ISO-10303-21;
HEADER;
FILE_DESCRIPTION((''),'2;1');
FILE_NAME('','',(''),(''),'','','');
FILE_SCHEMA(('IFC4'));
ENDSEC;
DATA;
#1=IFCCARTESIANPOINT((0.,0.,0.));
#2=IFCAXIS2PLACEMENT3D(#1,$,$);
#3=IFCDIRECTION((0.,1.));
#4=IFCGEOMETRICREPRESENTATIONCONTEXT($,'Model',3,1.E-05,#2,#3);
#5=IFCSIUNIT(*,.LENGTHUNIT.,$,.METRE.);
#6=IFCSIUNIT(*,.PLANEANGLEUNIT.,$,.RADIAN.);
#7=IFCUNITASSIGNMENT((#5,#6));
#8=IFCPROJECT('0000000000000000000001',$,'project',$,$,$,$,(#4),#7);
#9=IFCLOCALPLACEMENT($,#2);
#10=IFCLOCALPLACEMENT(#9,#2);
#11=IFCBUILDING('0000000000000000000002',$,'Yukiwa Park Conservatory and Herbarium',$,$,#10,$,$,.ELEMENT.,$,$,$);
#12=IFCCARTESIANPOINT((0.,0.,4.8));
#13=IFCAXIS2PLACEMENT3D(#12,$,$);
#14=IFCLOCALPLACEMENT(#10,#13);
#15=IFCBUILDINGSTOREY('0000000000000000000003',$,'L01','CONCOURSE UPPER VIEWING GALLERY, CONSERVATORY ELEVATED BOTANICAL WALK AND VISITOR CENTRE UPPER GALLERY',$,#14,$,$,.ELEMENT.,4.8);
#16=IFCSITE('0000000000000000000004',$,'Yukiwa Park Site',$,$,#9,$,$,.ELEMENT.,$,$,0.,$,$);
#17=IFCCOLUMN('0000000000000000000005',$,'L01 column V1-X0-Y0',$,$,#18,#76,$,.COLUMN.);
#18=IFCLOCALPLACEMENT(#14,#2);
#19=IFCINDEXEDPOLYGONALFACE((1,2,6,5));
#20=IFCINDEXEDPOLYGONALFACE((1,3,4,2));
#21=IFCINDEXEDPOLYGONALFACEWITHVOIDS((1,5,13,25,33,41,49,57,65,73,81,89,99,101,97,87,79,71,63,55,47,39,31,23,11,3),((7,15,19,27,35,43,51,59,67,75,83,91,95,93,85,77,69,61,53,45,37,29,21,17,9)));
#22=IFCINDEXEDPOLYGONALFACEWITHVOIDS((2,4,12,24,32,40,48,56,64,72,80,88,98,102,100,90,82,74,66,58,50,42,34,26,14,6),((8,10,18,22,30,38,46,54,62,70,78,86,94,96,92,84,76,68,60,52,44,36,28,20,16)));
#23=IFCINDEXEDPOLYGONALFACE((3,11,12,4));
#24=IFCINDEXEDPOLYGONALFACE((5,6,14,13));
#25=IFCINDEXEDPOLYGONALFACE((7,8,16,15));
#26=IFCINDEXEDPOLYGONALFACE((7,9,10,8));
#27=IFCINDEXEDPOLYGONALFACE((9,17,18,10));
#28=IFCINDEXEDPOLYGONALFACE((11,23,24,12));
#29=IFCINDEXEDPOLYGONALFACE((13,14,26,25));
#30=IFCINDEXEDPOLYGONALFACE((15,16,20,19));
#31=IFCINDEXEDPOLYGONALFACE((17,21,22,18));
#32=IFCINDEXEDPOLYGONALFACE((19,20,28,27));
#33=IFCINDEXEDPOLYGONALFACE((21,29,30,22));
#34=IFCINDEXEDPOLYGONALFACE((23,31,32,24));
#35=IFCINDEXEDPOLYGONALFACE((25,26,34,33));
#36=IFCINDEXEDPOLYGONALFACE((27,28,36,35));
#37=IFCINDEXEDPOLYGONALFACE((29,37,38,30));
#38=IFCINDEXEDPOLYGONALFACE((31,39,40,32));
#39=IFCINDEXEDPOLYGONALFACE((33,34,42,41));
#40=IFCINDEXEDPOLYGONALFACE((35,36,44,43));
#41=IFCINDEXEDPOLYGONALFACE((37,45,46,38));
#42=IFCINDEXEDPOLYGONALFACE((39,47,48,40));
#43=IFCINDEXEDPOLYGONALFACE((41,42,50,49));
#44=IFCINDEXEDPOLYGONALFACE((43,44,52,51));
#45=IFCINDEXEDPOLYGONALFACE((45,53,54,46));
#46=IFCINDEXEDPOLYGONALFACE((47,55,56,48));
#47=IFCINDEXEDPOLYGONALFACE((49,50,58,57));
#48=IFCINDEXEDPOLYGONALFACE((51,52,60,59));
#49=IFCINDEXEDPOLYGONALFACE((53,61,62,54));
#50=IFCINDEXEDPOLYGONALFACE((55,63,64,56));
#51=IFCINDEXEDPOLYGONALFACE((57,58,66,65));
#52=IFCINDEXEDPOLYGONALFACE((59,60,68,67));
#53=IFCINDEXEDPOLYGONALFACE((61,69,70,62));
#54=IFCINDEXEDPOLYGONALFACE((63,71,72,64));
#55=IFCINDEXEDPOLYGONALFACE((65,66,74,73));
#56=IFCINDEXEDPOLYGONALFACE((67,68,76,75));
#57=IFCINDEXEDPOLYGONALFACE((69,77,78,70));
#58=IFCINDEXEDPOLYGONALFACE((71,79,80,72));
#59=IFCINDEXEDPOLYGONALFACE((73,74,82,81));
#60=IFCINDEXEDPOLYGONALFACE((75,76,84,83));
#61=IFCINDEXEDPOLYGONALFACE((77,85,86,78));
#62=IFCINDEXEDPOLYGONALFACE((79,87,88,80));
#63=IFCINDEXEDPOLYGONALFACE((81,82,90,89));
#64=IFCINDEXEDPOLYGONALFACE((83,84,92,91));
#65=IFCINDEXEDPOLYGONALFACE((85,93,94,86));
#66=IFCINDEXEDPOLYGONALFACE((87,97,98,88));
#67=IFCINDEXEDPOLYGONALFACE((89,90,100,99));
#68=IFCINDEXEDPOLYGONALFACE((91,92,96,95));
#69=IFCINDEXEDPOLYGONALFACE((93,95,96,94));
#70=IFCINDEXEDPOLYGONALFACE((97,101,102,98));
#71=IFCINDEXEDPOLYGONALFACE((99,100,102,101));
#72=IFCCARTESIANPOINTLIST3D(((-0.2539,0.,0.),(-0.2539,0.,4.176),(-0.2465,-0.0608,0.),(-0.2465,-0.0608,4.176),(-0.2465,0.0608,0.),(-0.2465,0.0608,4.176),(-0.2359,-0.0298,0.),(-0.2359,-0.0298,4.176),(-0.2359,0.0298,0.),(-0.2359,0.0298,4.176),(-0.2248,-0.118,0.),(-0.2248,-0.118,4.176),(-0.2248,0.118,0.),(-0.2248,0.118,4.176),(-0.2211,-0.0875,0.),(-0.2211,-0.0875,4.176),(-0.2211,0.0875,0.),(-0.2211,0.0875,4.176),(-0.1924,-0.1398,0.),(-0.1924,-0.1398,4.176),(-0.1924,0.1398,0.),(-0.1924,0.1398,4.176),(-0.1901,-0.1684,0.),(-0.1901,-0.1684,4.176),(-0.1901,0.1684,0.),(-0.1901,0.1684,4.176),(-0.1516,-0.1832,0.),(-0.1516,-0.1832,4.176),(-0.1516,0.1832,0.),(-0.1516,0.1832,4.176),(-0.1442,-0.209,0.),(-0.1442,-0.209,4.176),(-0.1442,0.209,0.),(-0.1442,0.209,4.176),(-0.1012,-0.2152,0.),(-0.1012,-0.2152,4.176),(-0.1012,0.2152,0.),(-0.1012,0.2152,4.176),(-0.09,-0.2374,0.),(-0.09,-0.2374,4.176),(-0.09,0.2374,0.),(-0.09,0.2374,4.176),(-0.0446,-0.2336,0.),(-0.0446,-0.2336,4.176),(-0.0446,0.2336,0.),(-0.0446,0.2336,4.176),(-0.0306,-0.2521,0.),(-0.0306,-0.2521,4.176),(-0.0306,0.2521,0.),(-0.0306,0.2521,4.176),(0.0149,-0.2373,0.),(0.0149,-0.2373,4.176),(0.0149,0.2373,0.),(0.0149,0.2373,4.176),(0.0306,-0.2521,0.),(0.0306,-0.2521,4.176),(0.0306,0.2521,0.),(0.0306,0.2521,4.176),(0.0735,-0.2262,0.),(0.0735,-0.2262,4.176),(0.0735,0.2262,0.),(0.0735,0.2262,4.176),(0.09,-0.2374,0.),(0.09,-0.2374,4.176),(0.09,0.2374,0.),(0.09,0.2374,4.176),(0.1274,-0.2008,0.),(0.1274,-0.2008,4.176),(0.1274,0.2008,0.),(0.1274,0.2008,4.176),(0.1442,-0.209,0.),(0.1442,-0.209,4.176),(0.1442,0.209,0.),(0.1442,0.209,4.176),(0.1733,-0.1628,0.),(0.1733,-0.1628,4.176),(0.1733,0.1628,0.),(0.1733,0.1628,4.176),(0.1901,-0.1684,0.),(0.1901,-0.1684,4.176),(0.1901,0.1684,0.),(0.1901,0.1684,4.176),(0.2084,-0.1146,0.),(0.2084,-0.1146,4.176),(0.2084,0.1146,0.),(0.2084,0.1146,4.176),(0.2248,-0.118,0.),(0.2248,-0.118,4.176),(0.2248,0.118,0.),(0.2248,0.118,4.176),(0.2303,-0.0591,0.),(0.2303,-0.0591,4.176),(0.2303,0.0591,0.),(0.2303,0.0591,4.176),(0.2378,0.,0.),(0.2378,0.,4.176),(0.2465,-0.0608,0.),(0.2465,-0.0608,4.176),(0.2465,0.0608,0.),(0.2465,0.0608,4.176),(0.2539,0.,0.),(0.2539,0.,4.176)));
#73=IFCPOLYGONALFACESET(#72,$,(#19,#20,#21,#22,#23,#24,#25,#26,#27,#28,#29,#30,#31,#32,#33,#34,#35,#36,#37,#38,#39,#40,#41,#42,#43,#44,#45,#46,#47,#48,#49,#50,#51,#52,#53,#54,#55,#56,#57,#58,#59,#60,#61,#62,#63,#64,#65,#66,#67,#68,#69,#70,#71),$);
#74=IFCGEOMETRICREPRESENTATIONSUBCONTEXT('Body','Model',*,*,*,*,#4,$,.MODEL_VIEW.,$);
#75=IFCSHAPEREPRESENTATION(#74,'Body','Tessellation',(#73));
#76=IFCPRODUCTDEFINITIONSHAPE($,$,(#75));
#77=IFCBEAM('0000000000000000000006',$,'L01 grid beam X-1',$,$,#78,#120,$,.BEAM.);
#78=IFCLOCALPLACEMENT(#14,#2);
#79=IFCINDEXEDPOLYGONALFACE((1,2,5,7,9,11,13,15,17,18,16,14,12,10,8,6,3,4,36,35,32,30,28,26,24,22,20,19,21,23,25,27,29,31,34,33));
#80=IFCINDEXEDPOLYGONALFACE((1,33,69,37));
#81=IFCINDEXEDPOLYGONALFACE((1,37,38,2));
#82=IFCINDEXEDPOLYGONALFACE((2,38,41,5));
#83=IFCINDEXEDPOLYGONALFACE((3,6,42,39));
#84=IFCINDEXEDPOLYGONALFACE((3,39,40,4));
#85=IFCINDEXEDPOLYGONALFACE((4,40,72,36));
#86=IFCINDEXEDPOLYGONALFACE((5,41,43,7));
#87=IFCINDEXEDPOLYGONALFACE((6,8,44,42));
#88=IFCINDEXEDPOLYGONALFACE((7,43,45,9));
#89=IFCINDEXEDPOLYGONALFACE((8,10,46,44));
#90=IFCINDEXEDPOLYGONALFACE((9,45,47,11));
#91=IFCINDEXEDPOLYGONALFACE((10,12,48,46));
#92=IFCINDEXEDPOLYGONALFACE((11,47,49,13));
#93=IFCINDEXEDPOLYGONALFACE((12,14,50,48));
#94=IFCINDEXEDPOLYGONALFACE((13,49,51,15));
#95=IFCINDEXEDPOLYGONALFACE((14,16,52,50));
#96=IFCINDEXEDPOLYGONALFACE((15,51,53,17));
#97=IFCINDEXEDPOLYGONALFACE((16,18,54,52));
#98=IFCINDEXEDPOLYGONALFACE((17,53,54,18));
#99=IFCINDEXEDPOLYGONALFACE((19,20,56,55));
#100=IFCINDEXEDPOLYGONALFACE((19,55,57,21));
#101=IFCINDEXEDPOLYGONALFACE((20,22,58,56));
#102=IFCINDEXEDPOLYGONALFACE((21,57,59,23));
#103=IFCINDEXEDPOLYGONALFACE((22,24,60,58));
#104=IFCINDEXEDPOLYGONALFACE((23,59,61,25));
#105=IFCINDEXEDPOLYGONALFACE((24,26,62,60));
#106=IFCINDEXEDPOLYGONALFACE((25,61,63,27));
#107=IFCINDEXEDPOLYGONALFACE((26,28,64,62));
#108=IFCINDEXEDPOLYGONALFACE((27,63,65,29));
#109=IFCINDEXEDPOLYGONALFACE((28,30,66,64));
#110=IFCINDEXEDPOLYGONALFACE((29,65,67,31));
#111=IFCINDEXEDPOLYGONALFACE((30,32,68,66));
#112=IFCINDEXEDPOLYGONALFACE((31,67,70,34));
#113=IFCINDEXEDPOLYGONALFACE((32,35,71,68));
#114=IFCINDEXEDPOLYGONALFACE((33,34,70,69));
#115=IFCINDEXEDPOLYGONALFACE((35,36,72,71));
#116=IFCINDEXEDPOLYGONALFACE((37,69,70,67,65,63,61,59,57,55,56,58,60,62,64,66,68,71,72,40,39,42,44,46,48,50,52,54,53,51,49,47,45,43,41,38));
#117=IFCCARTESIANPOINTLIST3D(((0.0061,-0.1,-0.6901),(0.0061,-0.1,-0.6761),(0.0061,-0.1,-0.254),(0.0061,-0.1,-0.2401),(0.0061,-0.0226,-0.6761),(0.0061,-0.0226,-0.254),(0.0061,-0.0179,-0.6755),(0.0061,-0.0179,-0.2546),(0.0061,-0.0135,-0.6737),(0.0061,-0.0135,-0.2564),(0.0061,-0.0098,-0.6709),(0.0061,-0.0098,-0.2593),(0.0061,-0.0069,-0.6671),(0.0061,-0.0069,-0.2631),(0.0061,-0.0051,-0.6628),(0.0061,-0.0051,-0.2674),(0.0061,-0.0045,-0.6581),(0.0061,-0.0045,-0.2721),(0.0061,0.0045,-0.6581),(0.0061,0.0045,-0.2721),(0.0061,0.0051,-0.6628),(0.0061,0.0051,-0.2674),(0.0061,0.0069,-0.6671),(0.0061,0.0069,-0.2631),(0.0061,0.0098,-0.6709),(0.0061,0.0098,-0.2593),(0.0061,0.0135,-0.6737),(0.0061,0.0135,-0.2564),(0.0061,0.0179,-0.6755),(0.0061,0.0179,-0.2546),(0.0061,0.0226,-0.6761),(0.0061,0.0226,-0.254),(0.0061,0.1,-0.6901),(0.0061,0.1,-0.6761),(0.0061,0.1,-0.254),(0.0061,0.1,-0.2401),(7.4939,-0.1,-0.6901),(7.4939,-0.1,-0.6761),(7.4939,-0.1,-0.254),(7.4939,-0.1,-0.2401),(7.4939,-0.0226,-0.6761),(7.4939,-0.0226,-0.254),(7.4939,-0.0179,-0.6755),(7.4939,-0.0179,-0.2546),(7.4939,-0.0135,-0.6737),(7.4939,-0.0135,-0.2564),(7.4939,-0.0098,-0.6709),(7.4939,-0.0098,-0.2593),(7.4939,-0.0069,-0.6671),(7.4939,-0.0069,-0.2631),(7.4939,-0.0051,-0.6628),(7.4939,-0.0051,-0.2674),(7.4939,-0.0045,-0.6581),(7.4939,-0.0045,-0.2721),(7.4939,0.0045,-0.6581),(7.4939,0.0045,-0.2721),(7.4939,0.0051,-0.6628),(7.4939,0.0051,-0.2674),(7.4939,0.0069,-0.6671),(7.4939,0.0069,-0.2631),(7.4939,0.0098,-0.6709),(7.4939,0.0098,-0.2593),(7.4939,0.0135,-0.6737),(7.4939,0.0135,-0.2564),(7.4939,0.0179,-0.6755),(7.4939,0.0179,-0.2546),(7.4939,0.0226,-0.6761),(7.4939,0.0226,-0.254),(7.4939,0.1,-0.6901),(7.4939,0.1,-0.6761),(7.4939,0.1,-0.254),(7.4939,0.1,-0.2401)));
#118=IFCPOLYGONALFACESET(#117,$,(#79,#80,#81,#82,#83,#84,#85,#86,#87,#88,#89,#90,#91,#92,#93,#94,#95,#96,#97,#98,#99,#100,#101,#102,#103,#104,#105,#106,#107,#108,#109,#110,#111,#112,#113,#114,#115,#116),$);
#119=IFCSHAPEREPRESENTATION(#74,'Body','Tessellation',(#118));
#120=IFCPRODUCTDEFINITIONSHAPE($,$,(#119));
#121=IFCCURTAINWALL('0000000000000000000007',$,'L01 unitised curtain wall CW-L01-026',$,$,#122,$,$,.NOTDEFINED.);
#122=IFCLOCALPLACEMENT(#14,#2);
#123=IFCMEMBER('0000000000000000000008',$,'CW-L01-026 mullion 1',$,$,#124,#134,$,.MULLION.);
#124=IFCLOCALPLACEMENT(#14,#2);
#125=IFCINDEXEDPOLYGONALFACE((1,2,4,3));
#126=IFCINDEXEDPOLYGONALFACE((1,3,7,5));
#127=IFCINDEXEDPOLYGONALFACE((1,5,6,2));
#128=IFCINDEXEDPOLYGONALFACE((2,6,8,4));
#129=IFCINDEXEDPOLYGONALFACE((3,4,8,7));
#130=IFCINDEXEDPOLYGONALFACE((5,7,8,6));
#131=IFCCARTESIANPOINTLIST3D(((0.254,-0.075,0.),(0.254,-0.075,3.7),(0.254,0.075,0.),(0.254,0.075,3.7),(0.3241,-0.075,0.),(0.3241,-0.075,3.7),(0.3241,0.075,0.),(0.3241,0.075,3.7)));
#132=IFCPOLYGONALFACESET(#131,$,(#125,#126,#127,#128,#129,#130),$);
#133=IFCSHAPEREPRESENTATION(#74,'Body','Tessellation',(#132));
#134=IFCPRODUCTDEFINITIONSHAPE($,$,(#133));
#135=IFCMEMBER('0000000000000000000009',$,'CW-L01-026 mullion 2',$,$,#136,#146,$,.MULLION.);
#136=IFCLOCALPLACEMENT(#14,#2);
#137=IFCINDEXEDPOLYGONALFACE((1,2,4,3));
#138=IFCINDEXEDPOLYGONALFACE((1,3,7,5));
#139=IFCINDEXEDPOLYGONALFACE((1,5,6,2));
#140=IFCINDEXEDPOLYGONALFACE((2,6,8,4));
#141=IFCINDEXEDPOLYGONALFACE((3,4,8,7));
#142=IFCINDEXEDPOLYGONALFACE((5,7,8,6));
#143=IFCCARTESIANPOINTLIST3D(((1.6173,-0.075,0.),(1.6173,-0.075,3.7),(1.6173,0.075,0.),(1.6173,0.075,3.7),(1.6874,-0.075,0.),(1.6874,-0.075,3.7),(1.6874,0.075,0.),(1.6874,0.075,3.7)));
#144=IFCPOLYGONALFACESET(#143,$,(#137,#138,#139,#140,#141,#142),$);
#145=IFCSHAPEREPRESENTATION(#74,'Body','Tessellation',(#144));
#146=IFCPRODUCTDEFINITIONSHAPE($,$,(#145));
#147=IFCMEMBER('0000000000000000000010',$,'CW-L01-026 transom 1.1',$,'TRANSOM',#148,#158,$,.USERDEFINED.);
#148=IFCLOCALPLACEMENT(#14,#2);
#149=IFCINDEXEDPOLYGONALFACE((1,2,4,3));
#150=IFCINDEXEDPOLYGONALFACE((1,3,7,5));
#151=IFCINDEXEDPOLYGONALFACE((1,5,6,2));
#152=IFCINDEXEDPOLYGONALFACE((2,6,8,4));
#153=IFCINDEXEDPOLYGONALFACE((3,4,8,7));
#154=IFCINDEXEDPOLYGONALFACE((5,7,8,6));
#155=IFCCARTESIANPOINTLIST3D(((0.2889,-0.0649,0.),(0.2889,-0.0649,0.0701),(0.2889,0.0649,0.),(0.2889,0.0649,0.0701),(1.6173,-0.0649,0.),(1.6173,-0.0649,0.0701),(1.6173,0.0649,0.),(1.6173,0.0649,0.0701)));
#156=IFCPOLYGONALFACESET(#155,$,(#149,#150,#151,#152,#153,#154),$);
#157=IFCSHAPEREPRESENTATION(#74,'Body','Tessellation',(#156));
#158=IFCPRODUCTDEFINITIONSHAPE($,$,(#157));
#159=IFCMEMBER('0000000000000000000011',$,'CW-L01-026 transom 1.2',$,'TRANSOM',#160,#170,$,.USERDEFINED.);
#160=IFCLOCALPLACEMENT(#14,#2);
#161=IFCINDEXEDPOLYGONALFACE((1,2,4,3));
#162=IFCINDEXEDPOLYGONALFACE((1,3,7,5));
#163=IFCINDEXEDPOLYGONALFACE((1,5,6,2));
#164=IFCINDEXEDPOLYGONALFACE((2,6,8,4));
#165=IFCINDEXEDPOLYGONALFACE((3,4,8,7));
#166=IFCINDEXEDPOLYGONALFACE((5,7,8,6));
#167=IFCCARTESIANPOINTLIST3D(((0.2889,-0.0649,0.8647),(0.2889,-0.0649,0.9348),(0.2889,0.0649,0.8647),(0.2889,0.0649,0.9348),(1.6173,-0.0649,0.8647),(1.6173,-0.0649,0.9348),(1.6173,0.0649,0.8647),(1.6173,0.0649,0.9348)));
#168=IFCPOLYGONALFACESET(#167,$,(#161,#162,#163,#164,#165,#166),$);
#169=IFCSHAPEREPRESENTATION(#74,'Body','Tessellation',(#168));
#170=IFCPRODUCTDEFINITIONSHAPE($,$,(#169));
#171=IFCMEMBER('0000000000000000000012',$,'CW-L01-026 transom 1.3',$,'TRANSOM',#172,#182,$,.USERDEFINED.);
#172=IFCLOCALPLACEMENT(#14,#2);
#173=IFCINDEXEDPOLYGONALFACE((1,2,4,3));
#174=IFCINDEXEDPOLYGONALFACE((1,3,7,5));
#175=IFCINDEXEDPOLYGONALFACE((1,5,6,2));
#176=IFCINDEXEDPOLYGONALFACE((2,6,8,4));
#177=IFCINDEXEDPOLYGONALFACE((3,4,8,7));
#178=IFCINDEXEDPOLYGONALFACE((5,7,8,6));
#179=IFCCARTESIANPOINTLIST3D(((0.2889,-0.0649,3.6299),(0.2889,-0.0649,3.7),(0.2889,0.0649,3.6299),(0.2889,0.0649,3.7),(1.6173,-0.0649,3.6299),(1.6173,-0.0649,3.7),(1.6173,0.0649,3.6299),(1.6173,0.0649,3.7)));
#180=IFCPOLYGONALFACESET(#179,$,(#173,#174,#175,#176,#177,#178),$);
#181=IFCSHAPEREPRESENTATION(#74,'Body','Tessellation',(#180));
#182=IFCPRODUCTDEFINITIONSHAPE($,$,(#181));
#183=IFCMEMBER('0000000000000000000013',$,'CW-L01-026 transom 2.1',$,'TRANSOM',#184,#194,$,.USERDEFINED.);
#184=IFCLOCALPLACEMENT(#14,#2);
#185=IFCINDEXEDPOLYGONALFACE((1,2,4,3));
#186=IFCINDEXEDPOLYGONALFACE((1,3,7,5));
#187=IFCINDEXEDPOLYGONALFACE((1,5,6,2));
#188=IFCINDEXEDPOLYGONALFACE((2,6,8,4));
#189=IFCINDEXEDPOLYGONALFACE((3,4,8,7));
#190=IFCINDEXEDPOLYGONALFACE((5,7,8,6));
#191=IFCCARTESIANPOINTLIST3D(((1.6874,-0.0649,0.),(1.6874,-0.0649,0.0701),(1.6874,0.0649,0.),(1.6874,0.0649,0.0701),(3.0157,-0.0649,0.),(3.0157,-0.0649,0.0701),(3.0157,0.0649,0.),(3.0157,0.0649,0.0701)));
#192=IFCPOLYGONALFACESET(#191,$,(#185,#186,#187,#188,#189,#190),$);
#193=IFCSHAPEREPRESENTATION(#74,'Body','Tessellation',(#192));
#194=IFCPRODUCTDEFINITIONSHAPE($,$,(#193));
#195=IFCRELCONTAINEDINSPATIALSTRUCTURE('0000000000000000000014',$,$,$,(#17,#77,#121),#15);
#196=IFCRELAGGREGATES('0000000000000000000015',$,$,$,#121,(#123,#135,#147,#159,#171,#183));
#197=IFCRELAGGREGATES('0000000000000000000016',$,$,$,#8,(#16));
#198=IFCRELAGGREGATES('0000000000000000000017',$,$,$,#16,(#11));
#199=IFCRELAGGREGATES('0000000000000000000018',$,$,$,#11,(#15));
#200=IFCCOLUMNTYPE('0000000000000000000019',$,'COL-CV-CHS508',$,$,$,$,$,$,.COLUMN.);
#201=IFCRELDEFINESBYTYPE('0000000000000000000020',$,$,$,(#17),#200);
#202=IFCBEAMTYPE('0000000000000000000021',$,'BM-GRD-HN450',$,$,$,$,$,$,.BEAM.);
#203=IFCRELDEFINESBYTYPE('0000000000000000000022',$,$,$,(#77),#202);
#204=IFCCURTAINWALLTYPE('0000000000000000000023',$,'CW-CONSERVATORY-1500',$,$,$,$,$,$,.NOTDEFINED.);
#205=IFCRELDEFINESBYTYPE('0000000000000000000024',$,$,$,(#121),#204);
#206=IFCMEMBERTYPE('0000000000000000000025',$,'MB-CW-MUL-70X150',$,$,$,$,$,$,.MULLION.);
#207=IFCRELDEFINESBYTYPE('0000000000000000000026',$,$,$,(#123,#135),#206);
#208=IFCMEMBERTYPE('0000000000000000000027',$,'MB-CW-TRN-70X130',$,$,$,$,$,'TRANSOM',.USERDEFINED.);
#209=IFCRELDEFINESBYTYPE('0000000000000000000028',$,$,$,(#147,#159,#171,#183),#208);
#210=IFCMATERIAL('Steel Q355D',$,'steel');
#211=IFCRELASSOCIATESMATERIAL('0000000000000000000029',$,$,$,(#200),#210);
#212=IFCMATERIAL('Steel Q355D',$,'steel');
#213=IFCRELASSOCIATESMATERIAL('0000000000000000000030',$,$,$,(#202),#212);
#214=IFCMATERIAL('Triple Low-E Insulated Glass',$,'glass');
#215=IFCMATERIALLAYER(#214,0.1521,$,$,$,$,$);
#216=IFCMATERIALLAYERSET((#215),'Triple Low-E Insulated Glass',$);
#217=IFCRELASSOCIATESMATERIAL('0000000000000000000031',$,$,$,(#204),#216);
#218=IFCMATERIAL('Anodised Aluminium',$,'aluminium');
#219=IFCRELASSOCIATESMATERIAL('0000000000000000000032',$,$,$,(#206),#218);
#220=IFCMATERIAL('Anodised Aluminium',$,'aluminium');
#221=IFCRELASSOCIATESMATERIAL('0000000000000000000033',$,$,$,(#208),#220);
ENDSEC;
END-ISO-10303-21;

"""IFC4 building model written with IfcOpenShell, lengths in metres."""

from ifc_helpers import new_model, si_unit, direction, frame, origin, origin_with_axes, origin_2d, place, context, subcontext, project, spatial, rectangle, hollow_circle, i_section, extrude, material, layer, layer_set, material_profile, profile_set, type_object, element, aggregate, save


model = new_model("IFC4")

# Units and contexts
model_context = context("Model", 3, precision=1e-05, world=origin(), true_north=direction((0.0, 1.0)))
body_context = subcontext(model_context, "Body", "Model", "MODEL_VIEW")
ifc_project = project(units=[si_unit("LENGTHUNIT", "METRE"), si_unit("PLANEANGLEUNIT", "RADIAN")], contexts=[model_context])

# Site, building, storey
site_placement = place(None, origin())
site = spatial("IfcSite", under=ifc_project, at=site_placement, Name="Yukiwa Park Site", CompositionType="ELEMENT", RefElevation=0.0)
building_placement = place(site_placement, origin())
building = spatial("IfcBuilding", under=site, at=building_placement, Name="Yukiwa Park Conservatory and Herbarium", CompositionType="ELEMENT")
storey_placement = place(building_placement, frame((0.0, 0.0, 4.8)))
storey = spatial("IfcBuildingStorey", under=building, at=storey_placement, Name="L01", Description="CONCOURSE UPPER VIEWING GALLERY, CONSERVATORY ELEVATED BOTANICAL WALK AND VISITOR CENTRE UPPER GALLERY", CompositionType="ELEMENT", Elevation=4.8)

# Column
ifc_material_1 = material(Name="Steel Q355D", Category="steel")
ifc_material_profile_1 = material_profile(ifc_material_1, hollow_circle(Radius=0.2539, WallThickness=0.0161, at=origin_2d()), Name="CHS 508x16")
ifc_profile_set_1 = profile_set([ifc_material_profile_1], Name="Steel Q355D")
column_type = type_object("IfcColumnType", Name="COL-CV-CHS508", PredefinedType="COLUMN", material=ifc_profile_set_1)
column_placement = place(storey_placement, origin_with_axes())
element("IfcColumn", 1, at=column_placement, inside=storey, type_object=column_type, Name="L01 column V1-X0-Y0", PredefinedType="COLUMN", context=body_context, shape_type="SweptSolid", body=[
    extrude(hollow_circle(Radius=0.2539, WallThickness=0.0161, at=origin_2d()), origin(), (0.0, 0.0, 1.0), 4.176),
])

# Beam
ifc_material_2 = material(Name="Steel Q355D", Category="steel")
ifc_material_profile_2 = material_profile(ifc_material_2, i_section(OverallWidth=0.2, OverallDepth=0.45, WebThickness=0.009, FlangeThickness=0.0139, FilletRadius=0.0181, at=origin_2d()), Name="HN 450x200x9x14")
ifc_profile_set_2 = profile_set([ifc_material_profile_2], Name="Steel Q355D")
beam_type = type_object("IfcBeamType", Name="BM-GRD-HN450", PredefinedType="BEAM", material=ifc_profile_set_2)
beam_placement = place(storey_placement, frame((0.0061, 0.0, -0.4651), z_axis=(1.0, 0.0, 0.0), x_axis=(0.0, 1.0, 0.0)))
element("IfcBeam", 2, at=beam_placement, inside=storey, type_object=beam_type, Name="L01 grid beam X-1", PredefinedType="BEAM", context=body_context, shape_type="SweptSolid", body=[
    extrude(i_section(OverallWidth=0.2, OverallDepth=0.45, WebThickness=0.009, FlangeThickness=0.0139, FilletRadius=0.0181, at=origin_2d()), origin(), (0.0, 0.0, 1.0), 7.4878),
])

# Curtain wall, members
ifc_material_3 = material(Name="Triple Low-E Insulated Glass", Category="glass")
ifc_layer_1 = layer(ifc_material_3, 0.1521)
ifc_layer_set_1 = layer_set([ifc_layer_1], Name="Triple Low-E Insulated Glass")
curtain_wall_type = type_object("IfcCurtainWallType", Name="CW-CONSERVATORY-1500", PredefinedType="NOTDEFINED", material=ifc_layer_set_1)
curtain_wall_placement = place(storey_placement, origin())
curtain_wall = element("IfcCurtainWall", 3, at=curtain_wall_placement, inside=storey, type_object=curtain_wall_type, Name="L01 unitised curtain wall CW-L01-026", PredefinedType="NOTDEFINED")
ifc_material_4 = material(Name="Anodised Aluminium", Category="aluminium")
member_type_1 = type_object("IfcMemberType", Name="MB-CW-MUL-70X150", PredefinedType="MULLION", material=ifc_material_4)
member_1_placement = place(storey_placement, frame((0.2891, 0.0, 0.0), z_axis=(0.0, 0.0, 1.0), x_axis=(1.0, 0.0, 0.0)))
member_1 = element("IfcMember", 4, at=member_1_placement, type_object=member_type_1, Name="CW-L01-026 mullion 1", PredefinedType="MULLION", context=body_context, shape_type="SweptSolid", body=[
    extrude(rectangle(XDim=0.0701, YDim=0.1499, at=origin_2d()), origin(), (0.0, 0.0, 1.0), 3.7),
])
member_2_placement = place(storey_placement, frame((1.6523, 0.0, 0.0), z_axis=(0.0, 0.0, 1.0), x_axis=(1.0, 0.0, 0.0)))
member_2 = element("IfcMember", 5, at=member_2_placement, type_object=member_type_1, Name="CW-L01-026 mullion 2", PredefinedType="MULLION", context=body_context, shape_type="SweptSolid", body=[
    extrude(rectangle(XDim=0.0701, YDim=0.1499, at=origin_2d()), origin(), (0.0, 0.0, 1.0), 3.7),
])
ifc_material_5 = material(Name="Anodised Aluminium", Category="aluminium")
member_type_2 = type_object("IfcMemberType", Name="MB-CW-TRN-70X130", ElementType="TRANSOM", PredefinedType="USERDEFINED", material=ifc_material_5)
member_3_placement = place(storey_placement, frame((0.9531, 0.0, 0.0), z_axis=(0.0, 0.0, 1.0), x_axis=(1.0, 0.0, 0.0)))
member_3 = element("IfcMember", 6, at=member_3_placement, type_object=member_type_2, Name="CW-L01-026 transom 1.1", ObjectType="TRANSOM", PredefinedType="USERDEFINED", context=body_context, shape_type="SweptSolid", body=[
    extrude(rectangle(XDim=1.3284, YDim=0.1299, at=origin_2d()), origin(), (0.0, 0.0, 1.0), 0.0701),
])
member_4_placement = place(storey_placement, frame((0.9531, 0.0, 0.8647), z_axis=(0.0, 0.0, 1.0), x_axis=(1.0, 0.0, 0.0)))
member_4 = element("IfcMember", 7, at=member_4_placement, type_object=member_type_2, Name="CW-L01-026 transom 1.2", ObjectType="TRANSOM", PredefinedType="USERDEFINED", context=body_context, shape_type="SweptSolid", body=[
    extrude(rectangle(XDim=1.3284, YDim=0.1299, at=origin_2d()), origin(), (0.0, 0.0, 1.0), 0.0701),
])
member_5_placement = place(storey_placement, frame((0.9531, 0.0, 3.6299), z_axis=(0.0, 0.0, 1.0), x_axis=(1.0, 0.0, 0.0)))
member_5 = element("IfcMember", 8, at=member_5_placement, type_object=member_type_2, Name="CW-L01-026 transom 1.3", ObjectType="TRANSOM", PredefinedType="USERDEFINED", context=body_context, shape_type="SweptSolid", body=[
    extrude(rectangle(XDim=1.3284, YDim=0.1299, at=origin_2d()), origin(), (0.0, 0.0, 1.0), 0.0701),
])
member_6_placement = place(storey_placement, frame((2.3516, 0.0, 0.0), z_axis=(0.0, 0.0, 1.0), x_axis=(1.0, 0.0, 0.0)))
member_6 = element("IfcMember", 9, at=member_6_placement, type_object=member_type_2, Name="CW-L01-026 transom 2.1", ObjectType="TRANSOM", PredefinedType="USERDEFINED", context=body_context, shape_type="SweptSolid", body=[
    extrude(rectangle(XDim=1.3284, YDim=0.1299, at=origin_2d()), origin(), (0.0, 0.0, 1.0), 0.0701),
])

aggregate(curtain_wall, [member_1, member_2, member_3, member_4, member_5, member_6])

save(model, "model.ifc")
